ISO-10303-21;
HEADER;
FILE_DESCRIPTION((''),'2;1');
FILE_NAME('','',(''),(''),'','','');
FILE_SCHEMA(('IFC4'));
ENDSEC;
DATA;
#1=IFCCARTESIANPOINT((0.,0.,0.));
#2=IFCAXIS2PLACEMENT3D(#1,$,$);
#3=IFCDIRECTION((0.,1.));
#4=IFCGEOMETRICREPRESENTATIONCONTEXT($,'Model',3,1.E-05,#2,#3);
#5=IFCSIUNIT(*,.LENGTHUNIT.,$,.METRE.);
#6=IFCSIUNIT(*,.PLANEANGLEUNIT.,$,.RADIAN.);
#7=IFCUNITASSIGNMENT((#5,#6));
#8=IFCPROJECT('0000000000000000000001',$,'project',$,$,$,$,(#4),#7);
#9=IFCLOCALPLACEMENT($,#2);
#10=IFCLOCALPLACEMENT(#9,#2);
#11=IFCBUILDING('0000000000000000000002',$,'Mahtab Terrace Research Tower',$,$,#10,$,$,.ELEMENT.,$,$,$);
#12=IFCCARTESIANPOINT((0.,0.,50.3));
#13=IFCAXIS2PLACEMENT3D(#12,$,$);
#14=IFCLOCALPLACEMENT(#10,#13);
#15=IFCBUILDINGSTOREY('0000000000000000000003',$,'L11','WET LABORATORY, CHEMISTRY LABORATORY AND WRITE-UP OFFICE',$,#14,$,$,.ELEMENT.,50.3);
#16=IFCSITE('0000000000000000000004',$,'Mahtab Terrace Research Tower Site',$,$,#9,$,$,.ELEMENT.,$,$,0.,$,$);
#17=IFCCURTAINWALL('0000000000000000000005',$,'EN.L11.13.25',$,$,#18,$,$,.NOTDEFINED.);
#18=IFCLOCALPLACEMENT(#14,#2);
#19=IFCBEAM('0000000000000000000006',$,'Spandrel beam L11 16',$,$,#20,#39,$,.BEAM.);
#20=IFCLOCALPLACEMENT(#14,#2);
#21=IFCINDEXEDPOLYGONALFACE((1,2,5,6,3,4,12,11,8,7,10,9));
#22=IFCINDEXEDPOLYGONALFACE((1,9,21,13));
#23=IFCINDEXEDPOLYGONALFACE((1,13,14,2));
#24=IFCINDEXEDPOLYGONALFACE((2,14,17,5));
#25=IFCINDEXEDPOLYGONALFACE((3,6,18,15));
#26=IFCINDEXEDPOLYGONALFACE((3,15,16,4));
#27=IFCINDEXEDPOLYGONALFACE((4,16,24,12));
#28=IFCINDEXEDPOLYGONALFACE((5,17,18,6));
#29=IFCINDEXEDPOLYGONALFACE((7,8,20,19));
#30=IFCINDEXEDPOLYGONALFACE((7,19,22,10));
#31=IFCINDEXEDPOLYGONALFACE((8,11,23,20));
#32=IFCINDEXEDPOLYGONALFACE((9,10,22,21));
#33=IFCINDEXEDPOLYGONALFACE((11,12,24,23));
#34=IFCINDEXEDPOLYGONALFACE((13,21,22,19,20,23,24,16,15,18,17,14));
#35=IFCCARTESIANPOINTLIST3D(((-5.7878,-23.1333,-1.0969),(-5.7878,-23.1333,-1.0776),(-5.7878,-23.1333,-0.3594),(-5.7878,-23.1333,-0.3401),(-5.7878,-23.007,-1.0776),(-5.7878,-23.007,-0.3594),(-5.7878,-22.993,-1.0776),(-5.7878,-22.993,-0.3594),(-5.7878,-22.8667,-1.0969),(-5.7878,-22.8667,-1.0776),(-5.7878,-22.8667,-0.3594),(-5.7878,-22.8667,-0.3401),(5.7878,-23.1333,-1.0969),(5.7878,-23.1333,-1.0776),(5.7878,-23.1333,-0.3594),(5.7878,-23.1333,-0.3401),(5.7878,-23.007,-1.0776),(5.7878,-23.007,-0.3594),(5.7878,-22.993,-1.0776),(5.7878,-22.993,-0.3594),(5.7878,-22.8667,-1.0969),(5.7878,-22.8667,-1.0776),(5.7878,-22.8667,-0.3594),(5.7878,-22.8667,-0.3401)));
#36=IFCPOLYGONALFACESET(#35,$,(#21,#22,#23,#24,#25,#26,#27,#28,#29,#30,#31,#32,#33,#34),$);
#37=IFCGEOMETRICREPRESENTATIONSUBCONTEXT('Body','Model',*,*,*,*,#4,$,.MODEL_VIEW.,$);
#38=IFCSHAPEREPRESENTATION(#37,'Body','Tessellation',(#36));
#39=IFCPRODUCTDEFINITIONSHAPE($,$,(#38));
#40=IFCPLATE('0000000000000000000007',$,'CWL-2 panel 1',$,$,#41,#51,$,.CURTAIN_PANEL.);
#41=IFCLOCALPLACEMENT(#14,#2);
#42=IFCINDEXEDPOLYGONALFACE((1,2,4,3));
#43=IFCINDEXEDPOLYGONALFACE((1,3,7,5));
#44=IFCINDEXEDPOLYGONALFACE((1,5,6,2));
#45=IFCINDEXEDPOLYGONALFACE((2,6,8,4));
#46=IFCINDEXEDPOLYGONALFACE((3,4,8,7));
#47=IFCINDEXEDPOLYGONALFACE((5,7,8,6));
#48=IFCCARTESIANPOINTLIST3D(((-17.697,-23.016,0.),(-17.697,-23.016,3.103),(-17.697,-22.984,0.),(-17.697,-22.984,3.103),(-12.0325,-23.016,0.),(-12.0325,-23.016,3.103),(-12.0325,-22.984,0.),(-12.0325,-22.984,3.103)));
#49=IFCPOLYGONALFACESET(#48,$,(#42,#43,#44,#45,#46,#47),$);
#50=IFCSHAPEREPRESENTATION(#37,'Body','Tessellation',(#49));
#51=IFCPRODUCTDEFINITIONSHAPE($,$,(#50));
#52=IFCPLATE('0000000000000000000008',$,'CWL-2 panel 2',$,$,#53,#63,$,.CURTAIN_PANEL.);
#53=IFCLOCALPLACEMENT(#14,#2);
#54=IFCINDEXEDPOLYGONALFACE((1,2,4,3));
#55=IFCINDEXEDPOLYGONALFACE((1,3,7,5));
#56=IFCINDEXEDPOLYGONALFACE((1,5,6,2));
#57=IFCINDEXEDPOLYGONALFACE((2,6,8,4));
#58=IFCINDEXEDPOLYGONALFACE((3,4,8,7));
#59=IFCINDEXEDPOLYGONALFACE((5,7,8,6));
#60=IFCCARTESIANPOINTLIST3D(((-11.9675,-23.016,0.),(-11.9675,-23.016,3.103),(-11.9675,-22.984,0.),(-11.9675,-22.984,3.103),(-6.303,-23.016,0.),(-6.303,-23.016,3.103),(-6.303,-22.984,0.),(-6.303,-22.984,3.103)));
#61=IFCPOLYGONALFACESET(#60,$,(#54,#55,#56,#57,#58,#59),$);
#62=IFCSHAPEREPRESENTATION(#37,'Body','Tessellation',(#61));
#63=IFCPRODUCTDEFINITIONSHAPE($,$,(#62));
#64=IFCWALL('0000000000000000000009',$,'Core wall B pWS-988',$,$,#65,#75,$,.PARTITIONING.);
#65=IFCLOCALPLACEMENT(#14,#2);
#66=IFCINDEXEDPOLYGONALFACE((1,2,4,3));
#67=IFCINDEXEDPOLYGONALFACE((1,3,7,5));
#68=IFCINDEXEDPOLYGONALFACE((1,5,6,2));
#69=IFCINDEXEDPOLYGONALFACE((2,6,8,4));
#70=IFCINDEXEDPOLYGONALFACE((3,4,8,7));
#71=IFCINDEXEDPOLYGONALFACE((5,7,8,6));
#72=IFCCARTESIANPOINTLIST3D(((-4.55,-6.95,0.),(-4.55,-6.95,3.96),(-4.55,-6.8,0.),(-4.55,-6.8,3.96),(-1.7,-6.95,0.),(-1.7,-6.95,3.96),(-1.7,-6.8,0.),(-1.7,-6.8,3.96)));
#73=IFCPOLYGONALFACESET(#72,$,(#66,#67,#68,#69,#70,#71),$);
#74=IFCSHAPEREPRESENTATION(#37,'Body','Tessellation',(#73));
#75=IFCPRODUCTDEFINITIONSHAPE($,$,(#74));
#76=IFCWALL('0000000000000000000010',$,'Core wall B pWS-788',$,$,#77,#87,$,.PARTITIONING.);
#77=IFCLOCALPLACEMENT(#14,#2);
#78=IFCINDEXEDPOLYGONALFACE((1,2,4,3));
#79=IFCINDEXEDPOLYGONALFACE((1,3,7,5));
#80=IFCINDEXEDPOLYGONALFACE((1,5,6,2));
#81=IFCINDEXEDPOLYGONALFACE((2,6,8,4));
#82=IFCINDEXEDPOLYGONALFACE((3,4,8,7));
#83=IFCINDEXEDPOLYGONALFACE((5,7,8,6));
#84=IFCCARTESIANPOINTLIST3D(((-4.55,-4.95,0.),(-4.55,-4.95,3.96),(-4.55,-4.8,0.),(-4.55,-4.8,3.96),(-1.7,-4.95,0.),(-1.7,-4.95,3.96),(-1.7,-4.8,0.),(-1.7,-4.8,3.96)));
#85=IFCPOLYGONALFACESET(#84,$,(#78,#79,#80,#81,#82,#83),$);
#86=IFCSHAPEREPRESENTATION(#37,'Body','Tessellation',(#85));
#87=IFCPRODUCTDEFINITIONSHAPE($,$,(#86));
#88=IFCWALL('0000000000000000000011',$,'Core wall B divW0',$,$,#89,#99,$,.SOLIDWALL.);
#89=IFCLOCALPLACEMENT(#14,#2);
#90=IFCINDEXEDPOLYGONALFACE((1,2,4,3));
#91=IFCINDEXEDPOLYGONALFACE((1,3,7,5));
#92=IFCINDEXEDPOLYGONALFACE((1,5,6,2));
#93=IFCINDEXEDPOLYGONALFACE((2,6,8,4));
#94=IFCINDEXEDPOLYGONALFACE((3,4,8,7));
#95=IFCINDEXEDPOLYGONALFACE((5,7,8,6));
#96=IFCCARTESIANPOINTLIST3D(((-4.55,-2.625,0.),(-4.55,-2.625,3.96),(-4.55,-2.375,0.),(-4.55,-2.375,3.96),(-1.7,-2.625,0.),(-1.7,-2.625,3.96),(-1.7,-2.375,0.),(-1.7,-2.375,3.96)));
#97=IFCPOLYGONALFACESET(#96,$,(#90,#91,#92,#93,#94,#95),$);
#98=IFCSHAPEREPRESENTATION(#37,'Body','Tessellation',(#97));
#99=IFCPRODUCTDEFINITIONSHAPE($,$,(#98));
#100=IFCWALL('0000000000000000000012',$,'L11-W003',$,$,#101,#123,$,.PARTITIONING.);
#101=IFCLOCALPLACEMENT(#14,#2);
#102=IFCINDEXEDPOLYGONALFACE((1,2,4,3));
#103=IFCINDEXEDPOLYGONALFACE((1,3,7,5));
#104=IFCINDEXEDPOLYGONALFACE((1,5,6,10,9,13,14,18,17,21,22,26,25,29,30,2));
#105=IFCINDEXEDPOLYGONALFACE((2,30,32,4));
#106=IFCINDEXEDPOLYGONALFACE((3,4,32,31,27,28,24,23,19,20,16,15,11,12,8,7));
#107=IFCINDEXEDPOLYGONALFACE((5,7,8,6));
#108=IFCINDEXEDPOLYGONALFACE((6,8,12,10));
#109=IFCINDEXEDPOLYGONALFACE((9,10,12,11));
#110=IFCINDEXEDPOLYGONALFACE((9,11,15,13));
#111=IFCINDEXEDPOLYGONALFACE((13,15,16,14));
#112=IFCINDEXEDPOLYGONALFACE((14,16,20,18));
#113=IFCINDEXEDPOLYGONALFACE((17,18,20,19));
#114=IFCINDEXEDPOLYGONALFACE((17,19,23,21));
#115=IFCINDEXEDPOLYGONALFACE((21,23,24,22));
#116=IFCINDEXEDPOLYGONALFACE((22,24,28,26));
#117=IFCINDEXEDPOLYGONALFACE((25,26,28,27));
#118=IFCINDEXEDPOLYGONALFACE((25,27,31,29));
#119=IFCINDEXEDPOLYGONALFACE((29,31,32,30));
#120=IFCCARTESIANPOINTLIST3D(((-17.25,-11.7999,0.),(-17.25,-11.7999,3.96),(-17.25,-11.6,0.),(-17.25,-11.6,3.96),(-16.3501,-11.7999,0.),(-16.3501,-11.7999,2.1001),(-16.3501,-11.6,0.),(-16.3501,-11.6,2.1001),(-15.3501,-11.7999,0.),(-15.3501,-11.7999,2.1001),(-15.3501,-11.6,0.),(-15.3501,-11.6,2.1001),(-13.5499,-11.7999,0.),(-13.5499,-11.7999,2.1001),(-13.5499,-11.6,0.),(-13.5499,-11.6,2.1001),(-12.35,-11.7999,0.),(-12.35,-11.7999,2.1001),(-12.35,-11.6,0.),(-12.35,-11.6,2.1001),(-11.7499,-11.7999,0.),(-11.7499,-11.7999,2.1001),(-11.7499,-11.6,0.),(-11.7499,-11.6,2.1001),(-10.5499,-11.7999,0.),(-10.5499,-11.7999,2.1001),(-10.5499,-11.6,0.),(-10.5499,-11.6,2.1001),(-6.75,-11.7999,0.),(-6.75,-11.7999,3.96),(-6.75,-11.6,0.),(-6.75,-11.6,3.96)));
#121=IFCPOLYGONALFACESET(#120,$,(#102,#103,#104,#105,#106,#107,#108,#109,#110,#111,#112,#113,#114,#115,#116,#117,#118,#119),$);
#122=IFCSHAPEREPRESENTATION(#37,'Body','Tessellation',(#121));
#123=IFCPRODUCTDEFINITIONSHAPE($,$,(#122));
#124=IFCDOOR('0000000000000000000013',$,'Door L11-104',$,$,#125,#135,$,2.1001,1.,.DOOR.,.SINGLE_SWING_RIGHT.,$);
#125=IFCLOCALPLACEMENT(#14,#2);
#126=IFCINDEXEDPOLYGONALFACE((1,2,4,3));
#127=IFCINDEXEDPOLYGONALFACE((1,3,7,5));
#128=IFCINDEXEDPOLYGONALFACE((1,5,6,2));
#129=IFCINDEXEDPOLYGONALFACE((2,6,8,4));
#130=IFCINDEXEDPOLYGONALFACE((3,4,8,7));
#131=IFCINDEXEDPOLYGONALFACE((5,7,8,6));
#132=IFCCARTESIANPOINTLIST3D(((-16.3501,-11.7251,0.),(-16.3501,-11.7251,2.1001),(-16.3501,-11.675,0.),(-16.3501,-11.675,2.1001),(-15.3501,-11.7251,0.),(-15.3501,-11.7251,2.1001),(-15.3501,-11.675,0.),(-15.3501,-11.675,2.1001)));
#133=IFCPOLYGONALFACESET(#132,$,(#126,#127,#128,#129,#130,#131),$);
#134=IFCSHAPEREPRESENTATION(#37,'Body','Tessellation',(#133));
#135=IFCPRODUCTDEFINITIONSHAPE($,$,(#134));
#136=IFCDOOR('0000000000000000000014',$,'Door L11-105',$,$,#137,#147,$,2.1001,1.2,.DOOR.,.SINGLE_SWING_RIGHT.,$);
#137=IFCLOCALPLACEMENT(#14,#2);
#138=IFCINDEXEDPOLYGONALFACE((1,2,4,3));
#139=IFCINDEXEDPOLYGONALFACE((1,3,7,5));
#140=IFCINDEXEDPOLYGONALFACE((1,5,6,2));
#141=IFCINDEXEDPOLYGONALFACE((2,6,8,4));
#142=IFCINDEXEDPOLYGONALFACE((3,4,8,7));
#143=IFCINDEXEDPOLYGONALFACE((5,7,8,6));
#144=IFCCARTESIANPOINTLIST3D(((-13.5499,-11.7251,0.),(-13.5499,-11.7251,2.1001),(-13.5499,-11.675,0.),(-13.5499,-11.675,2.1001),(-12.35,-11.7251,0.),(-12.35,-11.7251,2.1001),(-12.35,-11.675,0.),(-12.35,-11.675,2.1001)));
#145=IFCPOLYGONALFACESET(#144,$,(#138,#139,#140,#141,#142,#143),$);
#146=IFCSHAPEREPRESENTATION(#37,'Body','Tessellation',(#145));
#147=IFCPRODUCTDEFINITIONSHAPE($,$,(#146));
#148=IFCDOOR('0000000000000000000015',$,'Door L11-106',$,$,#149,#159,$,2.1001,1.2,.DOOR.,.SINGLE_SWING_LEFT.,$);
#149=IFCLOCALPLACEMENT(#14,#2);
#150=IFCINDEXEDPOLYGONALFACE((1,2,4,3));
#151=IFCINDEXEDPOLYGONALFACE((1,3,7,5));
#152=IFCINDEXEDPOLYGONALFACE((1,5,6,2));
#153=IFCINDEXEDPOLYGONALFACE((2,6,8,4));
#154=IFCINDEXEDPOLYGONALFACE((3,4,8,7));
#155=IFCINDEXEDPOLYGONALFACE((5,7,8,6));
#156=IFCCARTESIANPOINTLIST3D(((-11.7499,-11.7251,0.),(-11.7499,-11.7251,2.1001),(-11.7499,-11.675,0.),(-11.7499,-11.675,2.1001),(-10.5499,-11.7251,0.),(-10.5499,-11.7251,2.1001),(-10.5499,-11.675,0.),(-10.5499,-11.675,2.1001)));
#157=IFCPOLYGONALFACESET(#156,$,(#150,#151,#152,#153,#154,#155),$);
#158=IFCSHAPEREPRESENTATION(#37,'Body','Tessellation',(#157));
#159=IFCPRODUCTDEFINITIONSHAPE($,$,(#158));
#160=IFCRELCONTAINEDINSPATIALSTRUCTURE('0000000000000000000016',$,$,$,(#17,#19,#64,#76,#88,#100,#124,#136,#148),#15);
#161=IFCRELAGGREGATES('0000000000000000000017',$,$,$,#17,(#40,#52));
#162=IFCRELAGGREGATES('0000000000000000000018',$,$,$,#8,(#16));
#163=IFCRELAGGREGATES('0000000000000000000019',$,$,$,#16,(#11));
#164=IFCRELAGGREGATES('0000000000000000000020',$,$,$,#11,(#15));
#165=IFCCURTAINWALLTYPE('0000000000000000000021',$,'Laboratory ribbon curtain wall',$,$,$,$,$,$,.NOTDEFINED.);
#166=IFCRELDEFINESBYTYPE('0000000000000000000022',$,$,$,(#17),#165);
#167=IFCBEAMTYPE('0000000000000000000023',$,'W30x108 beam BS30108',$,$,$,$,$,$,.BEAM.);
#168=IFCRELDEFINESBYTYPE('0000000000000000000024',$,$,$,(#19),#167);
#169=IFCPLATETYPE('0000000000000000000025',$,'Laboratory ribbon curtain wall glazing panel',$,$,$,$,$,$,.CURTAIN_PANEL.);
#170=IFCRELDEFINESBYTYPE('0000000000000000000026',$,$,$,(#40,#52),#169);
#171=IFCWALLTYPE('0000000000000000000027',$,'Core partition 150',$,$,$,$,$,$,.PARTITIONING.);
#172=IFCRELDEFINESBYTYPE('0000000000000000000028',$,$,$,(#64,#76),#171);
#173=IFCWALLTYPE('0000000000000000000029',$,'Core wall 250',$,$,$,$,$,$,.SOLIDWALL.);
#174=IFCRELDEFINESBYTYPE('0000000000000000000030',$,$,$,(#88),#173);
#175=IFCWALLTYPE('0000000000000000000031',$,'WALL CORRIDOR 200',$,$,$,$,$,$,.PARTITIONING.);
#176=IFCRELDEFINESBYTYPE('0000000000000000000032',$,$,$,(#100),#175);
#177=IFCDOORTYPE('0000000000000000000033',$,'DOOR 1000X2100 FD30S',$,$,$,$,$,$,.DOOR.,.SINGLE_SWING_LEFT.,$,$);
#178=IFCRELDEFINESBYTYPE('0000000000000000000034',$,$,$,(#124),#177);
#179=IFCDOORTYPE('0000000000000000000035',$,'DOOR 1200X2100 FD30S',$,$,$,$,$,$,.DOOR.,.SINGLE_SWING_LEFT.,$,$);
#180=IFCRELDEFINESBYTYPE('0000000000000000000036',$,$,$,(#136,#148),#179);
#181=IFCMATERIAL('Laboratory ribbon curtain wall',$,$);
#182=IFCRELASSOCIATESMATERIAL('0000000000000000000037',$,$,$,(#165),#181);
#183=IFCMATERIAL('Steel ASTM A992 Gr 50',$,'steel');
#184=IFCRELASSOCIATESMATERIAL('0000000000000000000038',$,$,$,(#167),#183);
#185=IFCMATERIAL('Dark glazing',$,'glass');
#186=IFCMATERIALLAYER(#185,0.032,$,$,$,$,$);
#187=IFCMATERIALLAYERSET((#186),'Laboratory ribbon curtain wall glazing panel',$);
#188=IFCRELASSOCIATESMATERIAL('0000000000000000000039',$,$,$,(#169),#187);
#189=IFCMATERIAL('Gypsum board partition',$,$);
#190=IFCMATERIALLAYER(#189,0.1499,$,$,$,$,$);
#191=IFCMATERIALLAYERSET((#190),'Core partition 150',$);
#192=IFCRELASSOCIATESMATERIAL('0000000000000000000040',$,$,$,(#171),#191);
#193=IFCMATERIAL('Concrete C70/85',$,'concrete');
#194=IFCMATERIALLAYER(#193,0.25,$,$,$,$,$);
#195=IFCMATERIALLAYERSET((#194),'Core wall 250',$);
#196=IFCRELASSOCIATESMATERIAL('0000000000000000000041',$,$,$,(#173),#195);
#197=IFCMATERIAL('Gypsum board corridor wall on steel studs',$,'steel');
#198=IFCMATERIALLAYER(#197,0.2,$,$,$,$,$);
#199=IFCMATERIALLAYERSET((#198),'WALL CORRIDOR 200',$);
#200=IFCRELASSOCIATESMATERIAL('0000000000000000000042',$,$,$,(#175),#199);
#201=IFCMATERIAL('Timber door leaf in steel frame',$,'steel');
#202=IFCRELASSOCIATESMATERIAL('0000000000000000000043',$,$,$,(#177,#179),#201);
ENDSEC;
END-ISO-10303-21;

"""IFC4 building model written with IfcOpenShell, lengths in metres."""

from ifc_helpers import new_model, si_unit, direction, frame, frame_2d, origin, origin_2d, place, context, subcontext, project, spatial, rectangle, i_section, extrude, material, layer, layer_set, material_profile, profile_set, type_object, element, fill, aggregate, save


model = new_model("IFC4")

# Units and contexts
model_context = context("Model", 3, precision=1e-05, world=origin(), true_north=direction((0.0, 1.0)))
body_context = subcontext(model_context, "Body", "Model", "MODEL_VIEW")
ifc_project = project(units=[si_unit("LENGTHUNIT", "METRE"), si_unit("PLANEANGLEUNIT", "RADIAN")], contexts=[model_context])

# Site, building, storey
site_placement = place(None, origin())
site = spatial("IfcSite", under=ifc_project, at=site_placement, Name="Mahtab Terrace Research Tower Site", CompositionType="ELEMENT", RefElevation=0.0)
building_placement = place(site_placement, origin())
building = spatial("IfcBuilding", under=site, at=building_placement, Name="Mahtab Terrace Research Tower", CompositionType="ELEMENT")
storey_placement = place(building_placement, frame((0.0, 0.0, 50.3)))
storey = spatial("IfcBuildingStorey", under=building, at=storey_placement, Name="L11", Description="WET LABORATORY, CHEMISTRY LABORATORY AND WRITE-UP OFFICE", CompositionType="ELEMENT", Elevation=50.3)

# Shared definitions
ifc_material_1 = material(Name="Concrete C70/85", Category="concrete")
ifc_material_2 = material(Name="Steel ASTM A992 Gr 50", Category="steel")

# Curtain wall
ifc_material_3 = material(Name="Laboratory ribbon curtain wall")
curtain_wall_type = type_object("IfcCurtainWallType", Name="Laboratory ribbon curtain wall", PredefinedType="NOTDEFINED", material=ifc_material_3)
curtain_wall_1_placement = place(storey_placement, origin())
curtain_wall_1 = element("IfcCurtainWall", 1, at=curtain_wall_1_placement, inside=storey, type_object=curtain_wall_type, Name="EN.L11.13.25", PredefinedType="NOTDEFINED")

# Beam
ifc_material_profile_1 = material_profile(ifc_material_2, i_section(OverallWidth=0.2666, OverallDepth=0.7568, WebThickness=0.0139, FlangeThickness=0.0193, at=origin_2d()), Name="W30X108")
ifc_profile_set_1 = profile_set([ifc_material_profile_1], Name="Steel ASTM A992 Gr 50")
beam_type = type_object("IfcBeamType", Name="W30x108 beam BS30108", PredefinedType="BEAM", material=ifc_profile_set_1)
for number, where, z_axis, x_axis, name in (
    (2, (-5.7878, -23.0, -0.7185), (1.0, 0.0, 0.0), (0.0, 1.0, 0.0), "Spandrel beam L11 16"),
):
    element("IfcBeam", number, at=place(storey_placement, frame(where, z_axis=z_axis, x_axis=x_axis)), inside=storey, type_object=beam_type, Name=name, PredefinedType="BEAM", context=body_context, shape_type="SweptSolid", body=[
        extrude(i_section(OverallWidth=0.2666, OverallDepth=0.7568, WebThickness=0.0139, FlangeThickness=0.0193, at=origin_2d()), origin(), (0.0, 0.0, 1.0), 11.5757),
    ])

# Plates
ifc_material_4 = material(Name="Dark glazing", Category="glass")
ifc_layer_1 = layer(ifc_material_4, 0.032)
ifc_layer_set_1 = layer_set([ifc_layer_1], Name="Laboratory ribbon curtain wall glazing panel")
plate_type = type_object("IfcPlateType", Name="Laboratory ribbon curtain wall glazing panel", PredefinedType="CURTAIN_PANEL", material=ifc_layer_set_1)
plate_1_placement = place(storey_placement, frame((-14.8647, -23.0, 0.0), z_axis=(0.0, 0.0, 1.0), x_axis=(1.0, 0.0, 0.0)))
plate_1 = element("IfcPlate", 3, at=plate_1_placement, type_object=plate_type, Name="CWL-2 panel 1", PredefinedType="CURTAIN_PANEL", context=body_context, shape_type="SweptSolid", body=[
    extrude(rectangle(XDim=5.6646, YDim=0.032, at=origin_2d()), origin(), (0.0, 0.0, 1.0), 3.103),
])
plate_2_placement = place(storey_placement, frame((-9.1353, -23.0, 0.0), z_axis=(0.0, 0.0, 1.0), x_axis=(1.0, 0.0, 0.0)))
plate_2 = element("IfcPlate", 4, at=plate_2_placement, type_object=plate_type, Name="CWL-2 panel 2", PredefinedType="CURTAIN_PANEL", context=body_context, shape_type="SweptSolid", body=[
    extrude(rectangle(XDim=5.6646, YDim=0.032, at=origin_2d()), origin(), (0.0, 0.0, 1.0), 3.103),
])
aggregate(curtain_wall_1, [plate_1, plate_2])

# Walls
ifc_material_5 = material(Name="Gypsum board partition")
ifc_layer_2 = layer(ifc_material_5, 0.1499)
ifc_layer_set_2 = layer_set([ifc_layer_2], Name="Core partition 150")
wall_type_1 = type_object("IfcWallType", Name="Core partition 150", PredefinedType="PARTITIONING", material=ifc_layer_set_2)
for number, where, z_axis, x_axis, name in (
    (5, (-4.55, -6.875, 0.0), (0.0, 0.0, 1.0), (1.0, 0.0, 0.0), "Core wall B pWS-988"),
    (6, (-4.55, -4.875, 0.0), (0.0, 0.0, 1.0), (1.0, 0.0, 0.0), "Core wall B pWS-788"),
):
    element("IfcWall", number, at=place(storey_placement, frame(where, z_axis=z_axis, x_axis=x_axis)), inside=storey, type_object=wall_type_1, Name=name, PredefinedType="PARTITIONING", context=body_context, shape_type="SweptSolid", body=[
        extrude(rectangle(XDim=2.8501, YDim=0.1499, at=frame_2d((1.425, 0.0))), origin(), (0.0, 0.0, 1.0), 3.96),
    ])
ifc_layer_3 = layer(ifc_material_1, 0.25)
ifc_layer_set_3 = layer_set([ifc_layer_3], Name="Core wall 250")
wall_type_2 = type_object("IfcWallType", Name="Core wall 250", PredefinedType="SOLIDWALL", material=ifc_layer_set_3)
wall_1_placement = place(storey_placement, frame((-4.55, -2.5, 0.0), z_axis=(0.0, 0.0, 1.0), x_axis=(1.0, 0.0, 0.0)))
element("IfcWall", 7, at=wall_1_placement, inside=storey, type_object=wall_type_2, Name="Core wall B divW0", PredefinedType="SOLIDWALL", context=body_context, shape_type="SweptSolid", body=[
    extrude(rectangle(XDim=2.8501, YDim=0.25, at=frame_2d((1.425, 0.0))), origin(), (0.0, 0.0, 1.0), 3.96),
])

# Wall, openings, doors
ifc_material_6 = material(Name="Gypsum board corridor wall on steel studs", Category="steel")
ifc_layer_4 = layer(ifc_material_6, 0.2)
ifc_layer_set_4 = layer_set([ifc_layer_4], Name="WALL CORRIDOR 200")
wall_type_3 = type_object("IfcWallType", Name="WALL CORRIDOR 200", PredefinedType="PARTITIONING", material=ifc_layer_set_4)
wall_2_placement = place(storey_placement, frame((-17.25, -11.7, 0.0), z_axis=(0.0, 0.0, 1.0), x_axis=(1.0, 0.0, 0.0)))
wall_2 = element("IfcWall", 8, at=wall_2_placement, inside=storey, type_object=wall_type_3, Name="L11-W003", PredefinedType="PARTITIONING", context=body_context, shape_type="SweptSolid", body=[
    extrude(rectangle(XDim=10.5, YDim=0.2, at=frame_2d((5.25, 0.0))), origin(), (0.0, 0.0, 1.0), 3.96),
])
opening_1_placement = place(wall_2_placement, frame((0.8999, 0.0, 0.0)))
opening_1 = element("IfcOpeningElement", 9, at=opening_1_placement, cuts=wall_2, PredefinedType="OPENING", context=body_context, shape_type="SweptSolid", body=[
    extrude(rectangle(XDim=1.0, YDim=2.1001, at=frame_2d((0.5, 1.05))), frame((0.0, 0.1099, 0.0), z_axis=(0.0, -1.0, 0.0), x_axis=(1.0, 0.0, 0.0)), (0.0, 0.0, 1.0), 0.22),
])
opening_2_placement = place(wall_2_placement, frame((3.7, 0.0, 0.0)))
opening_2 = element("IfcOpeningElement", 10, at=opening_2_placement, cuts=wall_2, PredefinedType="OPENING", context=body_context, shape_type="SweptSolid", body=[
    extrude(rectangle(XDim=1.2, YDim=2.1001, at=frame_2d((0.6001, 1.05))), frame((0.0, 0.1099, 0.0), z_axis=(0.0, -1.0, 0.0), x_axis=(1.0, 0.0, 0.0)), (0.0, 0.0, 1.0), 0.22),
])
opening_3_placement = place(wall_2_placement, frame((5.5, 0.0, 0.0)))
opening_3 = element("IfcOpeningElement", 11, at=opening_3_placement, cuts=wall_2, PredefinedType="OPENING", context=body_context, shape_type="SweptSolid", body=[
    extrude(rectangle(XDim=1.2, YDim=2.1001, at=frame_2d((0.6001, 1.05))), frame((0.0, 0.1099, 0.0), z_axis=(0.0, -1.0, 0.0), x_axis=(1.0, 0.0, 0.0)), (0.0, 0.0, 1.0), 0.22),
])
ifc_material_7 = material(Name="Timber door leaf in steel frame", Category="steel")
door_type_1 = type_object("IfcDoorType", Name="DOOR 1000X2100 FD30S", OperationType="SINGLE_SWING_LEFT", PredefinedType="DOOR", material=ifc_material_7)
door_1_placement = place(opening_1_placement, origin())
door_1 = element("IfcDoor", 12, at=door_1_placement, inside=storey, type_object=door_type_1, Name="Door L11-104", OperationType="SINGLE_SWING_RIGHT", OverallHeight=2.1001, OverallWidth=1.0, PredefinedType="DOOR", context=body_context, shape_type="SweptSolid", body=[
    extrude(rectangle(XDim=1.0, YDim=2.1001, at=frame_2d((0.5, 1.05))), frame((0.0, 0.0249, 0.0), z_axis=(0.0, -1.0, 0.0), x_axis=(1.0, 0.0, 0.0)), (0.0, 0.0, 1.0), 0.05),
])
fill(opening_1, door_1)
door_type_2 = type_object("IfcDoorType", Name="DOOR 1200X2100 FD30S", OperationType="SINGLE_SWING_LEFT", PredefinedType="DOOR", material=ifc_material_7)
door_2_placement = place(opening_2_placement, origin())
door_2 = element("IfcDoor", 13, at=door_2_placement, inside=storey, type_object=door_type_2, Name="Door L11-105", OperationType="SINGLE_SWING_RIGHT", OverallHeight=2.1001, OverallWidth=1.2, PredefinedType="DOOR", context=body_context, shape_type="SweptSolid", body=[
    extrude(rectangle(XDim=1.2, YDim=2.1001, at=frame_2d((0.6001, 1.05))), frame((0.0, 0.0249, 0.0), z_axis=(0.0, -1.0, 0.0), x_axis=(1.0, 0.0, 0.0)), (0.0, 0.0, 1.0), 0.05),
])
fill(opening_2, door_2)
door_3_placement = place(opening_3_placement, origin())
door_3 = element("IfcDoor", 14, at=door_3_placement, inside=storey, type_object=door_type_2, Name="Door L11-106", OperationType="SINGLE_SWING_LEFT", OverallHeight=2.1001, OverallWidth=1.2, PredefinedType="DOOR", context=body_context, shape_type="SweptSolid", body=[
    extrude(rectangle(XDim=1.2, YDim=2.1001, at=frame_2d((0.6001, 1.05))), frame((0.0, 0.0249, 0.0), z_axis=(0.0, -1.0, 0.0), x_axis=(1.0, 0.0, 0.0)), (0.0, 0.0, 1.0), 0.05),
])
fill(opening_3, door_3)

save(model, "model.ifc")
